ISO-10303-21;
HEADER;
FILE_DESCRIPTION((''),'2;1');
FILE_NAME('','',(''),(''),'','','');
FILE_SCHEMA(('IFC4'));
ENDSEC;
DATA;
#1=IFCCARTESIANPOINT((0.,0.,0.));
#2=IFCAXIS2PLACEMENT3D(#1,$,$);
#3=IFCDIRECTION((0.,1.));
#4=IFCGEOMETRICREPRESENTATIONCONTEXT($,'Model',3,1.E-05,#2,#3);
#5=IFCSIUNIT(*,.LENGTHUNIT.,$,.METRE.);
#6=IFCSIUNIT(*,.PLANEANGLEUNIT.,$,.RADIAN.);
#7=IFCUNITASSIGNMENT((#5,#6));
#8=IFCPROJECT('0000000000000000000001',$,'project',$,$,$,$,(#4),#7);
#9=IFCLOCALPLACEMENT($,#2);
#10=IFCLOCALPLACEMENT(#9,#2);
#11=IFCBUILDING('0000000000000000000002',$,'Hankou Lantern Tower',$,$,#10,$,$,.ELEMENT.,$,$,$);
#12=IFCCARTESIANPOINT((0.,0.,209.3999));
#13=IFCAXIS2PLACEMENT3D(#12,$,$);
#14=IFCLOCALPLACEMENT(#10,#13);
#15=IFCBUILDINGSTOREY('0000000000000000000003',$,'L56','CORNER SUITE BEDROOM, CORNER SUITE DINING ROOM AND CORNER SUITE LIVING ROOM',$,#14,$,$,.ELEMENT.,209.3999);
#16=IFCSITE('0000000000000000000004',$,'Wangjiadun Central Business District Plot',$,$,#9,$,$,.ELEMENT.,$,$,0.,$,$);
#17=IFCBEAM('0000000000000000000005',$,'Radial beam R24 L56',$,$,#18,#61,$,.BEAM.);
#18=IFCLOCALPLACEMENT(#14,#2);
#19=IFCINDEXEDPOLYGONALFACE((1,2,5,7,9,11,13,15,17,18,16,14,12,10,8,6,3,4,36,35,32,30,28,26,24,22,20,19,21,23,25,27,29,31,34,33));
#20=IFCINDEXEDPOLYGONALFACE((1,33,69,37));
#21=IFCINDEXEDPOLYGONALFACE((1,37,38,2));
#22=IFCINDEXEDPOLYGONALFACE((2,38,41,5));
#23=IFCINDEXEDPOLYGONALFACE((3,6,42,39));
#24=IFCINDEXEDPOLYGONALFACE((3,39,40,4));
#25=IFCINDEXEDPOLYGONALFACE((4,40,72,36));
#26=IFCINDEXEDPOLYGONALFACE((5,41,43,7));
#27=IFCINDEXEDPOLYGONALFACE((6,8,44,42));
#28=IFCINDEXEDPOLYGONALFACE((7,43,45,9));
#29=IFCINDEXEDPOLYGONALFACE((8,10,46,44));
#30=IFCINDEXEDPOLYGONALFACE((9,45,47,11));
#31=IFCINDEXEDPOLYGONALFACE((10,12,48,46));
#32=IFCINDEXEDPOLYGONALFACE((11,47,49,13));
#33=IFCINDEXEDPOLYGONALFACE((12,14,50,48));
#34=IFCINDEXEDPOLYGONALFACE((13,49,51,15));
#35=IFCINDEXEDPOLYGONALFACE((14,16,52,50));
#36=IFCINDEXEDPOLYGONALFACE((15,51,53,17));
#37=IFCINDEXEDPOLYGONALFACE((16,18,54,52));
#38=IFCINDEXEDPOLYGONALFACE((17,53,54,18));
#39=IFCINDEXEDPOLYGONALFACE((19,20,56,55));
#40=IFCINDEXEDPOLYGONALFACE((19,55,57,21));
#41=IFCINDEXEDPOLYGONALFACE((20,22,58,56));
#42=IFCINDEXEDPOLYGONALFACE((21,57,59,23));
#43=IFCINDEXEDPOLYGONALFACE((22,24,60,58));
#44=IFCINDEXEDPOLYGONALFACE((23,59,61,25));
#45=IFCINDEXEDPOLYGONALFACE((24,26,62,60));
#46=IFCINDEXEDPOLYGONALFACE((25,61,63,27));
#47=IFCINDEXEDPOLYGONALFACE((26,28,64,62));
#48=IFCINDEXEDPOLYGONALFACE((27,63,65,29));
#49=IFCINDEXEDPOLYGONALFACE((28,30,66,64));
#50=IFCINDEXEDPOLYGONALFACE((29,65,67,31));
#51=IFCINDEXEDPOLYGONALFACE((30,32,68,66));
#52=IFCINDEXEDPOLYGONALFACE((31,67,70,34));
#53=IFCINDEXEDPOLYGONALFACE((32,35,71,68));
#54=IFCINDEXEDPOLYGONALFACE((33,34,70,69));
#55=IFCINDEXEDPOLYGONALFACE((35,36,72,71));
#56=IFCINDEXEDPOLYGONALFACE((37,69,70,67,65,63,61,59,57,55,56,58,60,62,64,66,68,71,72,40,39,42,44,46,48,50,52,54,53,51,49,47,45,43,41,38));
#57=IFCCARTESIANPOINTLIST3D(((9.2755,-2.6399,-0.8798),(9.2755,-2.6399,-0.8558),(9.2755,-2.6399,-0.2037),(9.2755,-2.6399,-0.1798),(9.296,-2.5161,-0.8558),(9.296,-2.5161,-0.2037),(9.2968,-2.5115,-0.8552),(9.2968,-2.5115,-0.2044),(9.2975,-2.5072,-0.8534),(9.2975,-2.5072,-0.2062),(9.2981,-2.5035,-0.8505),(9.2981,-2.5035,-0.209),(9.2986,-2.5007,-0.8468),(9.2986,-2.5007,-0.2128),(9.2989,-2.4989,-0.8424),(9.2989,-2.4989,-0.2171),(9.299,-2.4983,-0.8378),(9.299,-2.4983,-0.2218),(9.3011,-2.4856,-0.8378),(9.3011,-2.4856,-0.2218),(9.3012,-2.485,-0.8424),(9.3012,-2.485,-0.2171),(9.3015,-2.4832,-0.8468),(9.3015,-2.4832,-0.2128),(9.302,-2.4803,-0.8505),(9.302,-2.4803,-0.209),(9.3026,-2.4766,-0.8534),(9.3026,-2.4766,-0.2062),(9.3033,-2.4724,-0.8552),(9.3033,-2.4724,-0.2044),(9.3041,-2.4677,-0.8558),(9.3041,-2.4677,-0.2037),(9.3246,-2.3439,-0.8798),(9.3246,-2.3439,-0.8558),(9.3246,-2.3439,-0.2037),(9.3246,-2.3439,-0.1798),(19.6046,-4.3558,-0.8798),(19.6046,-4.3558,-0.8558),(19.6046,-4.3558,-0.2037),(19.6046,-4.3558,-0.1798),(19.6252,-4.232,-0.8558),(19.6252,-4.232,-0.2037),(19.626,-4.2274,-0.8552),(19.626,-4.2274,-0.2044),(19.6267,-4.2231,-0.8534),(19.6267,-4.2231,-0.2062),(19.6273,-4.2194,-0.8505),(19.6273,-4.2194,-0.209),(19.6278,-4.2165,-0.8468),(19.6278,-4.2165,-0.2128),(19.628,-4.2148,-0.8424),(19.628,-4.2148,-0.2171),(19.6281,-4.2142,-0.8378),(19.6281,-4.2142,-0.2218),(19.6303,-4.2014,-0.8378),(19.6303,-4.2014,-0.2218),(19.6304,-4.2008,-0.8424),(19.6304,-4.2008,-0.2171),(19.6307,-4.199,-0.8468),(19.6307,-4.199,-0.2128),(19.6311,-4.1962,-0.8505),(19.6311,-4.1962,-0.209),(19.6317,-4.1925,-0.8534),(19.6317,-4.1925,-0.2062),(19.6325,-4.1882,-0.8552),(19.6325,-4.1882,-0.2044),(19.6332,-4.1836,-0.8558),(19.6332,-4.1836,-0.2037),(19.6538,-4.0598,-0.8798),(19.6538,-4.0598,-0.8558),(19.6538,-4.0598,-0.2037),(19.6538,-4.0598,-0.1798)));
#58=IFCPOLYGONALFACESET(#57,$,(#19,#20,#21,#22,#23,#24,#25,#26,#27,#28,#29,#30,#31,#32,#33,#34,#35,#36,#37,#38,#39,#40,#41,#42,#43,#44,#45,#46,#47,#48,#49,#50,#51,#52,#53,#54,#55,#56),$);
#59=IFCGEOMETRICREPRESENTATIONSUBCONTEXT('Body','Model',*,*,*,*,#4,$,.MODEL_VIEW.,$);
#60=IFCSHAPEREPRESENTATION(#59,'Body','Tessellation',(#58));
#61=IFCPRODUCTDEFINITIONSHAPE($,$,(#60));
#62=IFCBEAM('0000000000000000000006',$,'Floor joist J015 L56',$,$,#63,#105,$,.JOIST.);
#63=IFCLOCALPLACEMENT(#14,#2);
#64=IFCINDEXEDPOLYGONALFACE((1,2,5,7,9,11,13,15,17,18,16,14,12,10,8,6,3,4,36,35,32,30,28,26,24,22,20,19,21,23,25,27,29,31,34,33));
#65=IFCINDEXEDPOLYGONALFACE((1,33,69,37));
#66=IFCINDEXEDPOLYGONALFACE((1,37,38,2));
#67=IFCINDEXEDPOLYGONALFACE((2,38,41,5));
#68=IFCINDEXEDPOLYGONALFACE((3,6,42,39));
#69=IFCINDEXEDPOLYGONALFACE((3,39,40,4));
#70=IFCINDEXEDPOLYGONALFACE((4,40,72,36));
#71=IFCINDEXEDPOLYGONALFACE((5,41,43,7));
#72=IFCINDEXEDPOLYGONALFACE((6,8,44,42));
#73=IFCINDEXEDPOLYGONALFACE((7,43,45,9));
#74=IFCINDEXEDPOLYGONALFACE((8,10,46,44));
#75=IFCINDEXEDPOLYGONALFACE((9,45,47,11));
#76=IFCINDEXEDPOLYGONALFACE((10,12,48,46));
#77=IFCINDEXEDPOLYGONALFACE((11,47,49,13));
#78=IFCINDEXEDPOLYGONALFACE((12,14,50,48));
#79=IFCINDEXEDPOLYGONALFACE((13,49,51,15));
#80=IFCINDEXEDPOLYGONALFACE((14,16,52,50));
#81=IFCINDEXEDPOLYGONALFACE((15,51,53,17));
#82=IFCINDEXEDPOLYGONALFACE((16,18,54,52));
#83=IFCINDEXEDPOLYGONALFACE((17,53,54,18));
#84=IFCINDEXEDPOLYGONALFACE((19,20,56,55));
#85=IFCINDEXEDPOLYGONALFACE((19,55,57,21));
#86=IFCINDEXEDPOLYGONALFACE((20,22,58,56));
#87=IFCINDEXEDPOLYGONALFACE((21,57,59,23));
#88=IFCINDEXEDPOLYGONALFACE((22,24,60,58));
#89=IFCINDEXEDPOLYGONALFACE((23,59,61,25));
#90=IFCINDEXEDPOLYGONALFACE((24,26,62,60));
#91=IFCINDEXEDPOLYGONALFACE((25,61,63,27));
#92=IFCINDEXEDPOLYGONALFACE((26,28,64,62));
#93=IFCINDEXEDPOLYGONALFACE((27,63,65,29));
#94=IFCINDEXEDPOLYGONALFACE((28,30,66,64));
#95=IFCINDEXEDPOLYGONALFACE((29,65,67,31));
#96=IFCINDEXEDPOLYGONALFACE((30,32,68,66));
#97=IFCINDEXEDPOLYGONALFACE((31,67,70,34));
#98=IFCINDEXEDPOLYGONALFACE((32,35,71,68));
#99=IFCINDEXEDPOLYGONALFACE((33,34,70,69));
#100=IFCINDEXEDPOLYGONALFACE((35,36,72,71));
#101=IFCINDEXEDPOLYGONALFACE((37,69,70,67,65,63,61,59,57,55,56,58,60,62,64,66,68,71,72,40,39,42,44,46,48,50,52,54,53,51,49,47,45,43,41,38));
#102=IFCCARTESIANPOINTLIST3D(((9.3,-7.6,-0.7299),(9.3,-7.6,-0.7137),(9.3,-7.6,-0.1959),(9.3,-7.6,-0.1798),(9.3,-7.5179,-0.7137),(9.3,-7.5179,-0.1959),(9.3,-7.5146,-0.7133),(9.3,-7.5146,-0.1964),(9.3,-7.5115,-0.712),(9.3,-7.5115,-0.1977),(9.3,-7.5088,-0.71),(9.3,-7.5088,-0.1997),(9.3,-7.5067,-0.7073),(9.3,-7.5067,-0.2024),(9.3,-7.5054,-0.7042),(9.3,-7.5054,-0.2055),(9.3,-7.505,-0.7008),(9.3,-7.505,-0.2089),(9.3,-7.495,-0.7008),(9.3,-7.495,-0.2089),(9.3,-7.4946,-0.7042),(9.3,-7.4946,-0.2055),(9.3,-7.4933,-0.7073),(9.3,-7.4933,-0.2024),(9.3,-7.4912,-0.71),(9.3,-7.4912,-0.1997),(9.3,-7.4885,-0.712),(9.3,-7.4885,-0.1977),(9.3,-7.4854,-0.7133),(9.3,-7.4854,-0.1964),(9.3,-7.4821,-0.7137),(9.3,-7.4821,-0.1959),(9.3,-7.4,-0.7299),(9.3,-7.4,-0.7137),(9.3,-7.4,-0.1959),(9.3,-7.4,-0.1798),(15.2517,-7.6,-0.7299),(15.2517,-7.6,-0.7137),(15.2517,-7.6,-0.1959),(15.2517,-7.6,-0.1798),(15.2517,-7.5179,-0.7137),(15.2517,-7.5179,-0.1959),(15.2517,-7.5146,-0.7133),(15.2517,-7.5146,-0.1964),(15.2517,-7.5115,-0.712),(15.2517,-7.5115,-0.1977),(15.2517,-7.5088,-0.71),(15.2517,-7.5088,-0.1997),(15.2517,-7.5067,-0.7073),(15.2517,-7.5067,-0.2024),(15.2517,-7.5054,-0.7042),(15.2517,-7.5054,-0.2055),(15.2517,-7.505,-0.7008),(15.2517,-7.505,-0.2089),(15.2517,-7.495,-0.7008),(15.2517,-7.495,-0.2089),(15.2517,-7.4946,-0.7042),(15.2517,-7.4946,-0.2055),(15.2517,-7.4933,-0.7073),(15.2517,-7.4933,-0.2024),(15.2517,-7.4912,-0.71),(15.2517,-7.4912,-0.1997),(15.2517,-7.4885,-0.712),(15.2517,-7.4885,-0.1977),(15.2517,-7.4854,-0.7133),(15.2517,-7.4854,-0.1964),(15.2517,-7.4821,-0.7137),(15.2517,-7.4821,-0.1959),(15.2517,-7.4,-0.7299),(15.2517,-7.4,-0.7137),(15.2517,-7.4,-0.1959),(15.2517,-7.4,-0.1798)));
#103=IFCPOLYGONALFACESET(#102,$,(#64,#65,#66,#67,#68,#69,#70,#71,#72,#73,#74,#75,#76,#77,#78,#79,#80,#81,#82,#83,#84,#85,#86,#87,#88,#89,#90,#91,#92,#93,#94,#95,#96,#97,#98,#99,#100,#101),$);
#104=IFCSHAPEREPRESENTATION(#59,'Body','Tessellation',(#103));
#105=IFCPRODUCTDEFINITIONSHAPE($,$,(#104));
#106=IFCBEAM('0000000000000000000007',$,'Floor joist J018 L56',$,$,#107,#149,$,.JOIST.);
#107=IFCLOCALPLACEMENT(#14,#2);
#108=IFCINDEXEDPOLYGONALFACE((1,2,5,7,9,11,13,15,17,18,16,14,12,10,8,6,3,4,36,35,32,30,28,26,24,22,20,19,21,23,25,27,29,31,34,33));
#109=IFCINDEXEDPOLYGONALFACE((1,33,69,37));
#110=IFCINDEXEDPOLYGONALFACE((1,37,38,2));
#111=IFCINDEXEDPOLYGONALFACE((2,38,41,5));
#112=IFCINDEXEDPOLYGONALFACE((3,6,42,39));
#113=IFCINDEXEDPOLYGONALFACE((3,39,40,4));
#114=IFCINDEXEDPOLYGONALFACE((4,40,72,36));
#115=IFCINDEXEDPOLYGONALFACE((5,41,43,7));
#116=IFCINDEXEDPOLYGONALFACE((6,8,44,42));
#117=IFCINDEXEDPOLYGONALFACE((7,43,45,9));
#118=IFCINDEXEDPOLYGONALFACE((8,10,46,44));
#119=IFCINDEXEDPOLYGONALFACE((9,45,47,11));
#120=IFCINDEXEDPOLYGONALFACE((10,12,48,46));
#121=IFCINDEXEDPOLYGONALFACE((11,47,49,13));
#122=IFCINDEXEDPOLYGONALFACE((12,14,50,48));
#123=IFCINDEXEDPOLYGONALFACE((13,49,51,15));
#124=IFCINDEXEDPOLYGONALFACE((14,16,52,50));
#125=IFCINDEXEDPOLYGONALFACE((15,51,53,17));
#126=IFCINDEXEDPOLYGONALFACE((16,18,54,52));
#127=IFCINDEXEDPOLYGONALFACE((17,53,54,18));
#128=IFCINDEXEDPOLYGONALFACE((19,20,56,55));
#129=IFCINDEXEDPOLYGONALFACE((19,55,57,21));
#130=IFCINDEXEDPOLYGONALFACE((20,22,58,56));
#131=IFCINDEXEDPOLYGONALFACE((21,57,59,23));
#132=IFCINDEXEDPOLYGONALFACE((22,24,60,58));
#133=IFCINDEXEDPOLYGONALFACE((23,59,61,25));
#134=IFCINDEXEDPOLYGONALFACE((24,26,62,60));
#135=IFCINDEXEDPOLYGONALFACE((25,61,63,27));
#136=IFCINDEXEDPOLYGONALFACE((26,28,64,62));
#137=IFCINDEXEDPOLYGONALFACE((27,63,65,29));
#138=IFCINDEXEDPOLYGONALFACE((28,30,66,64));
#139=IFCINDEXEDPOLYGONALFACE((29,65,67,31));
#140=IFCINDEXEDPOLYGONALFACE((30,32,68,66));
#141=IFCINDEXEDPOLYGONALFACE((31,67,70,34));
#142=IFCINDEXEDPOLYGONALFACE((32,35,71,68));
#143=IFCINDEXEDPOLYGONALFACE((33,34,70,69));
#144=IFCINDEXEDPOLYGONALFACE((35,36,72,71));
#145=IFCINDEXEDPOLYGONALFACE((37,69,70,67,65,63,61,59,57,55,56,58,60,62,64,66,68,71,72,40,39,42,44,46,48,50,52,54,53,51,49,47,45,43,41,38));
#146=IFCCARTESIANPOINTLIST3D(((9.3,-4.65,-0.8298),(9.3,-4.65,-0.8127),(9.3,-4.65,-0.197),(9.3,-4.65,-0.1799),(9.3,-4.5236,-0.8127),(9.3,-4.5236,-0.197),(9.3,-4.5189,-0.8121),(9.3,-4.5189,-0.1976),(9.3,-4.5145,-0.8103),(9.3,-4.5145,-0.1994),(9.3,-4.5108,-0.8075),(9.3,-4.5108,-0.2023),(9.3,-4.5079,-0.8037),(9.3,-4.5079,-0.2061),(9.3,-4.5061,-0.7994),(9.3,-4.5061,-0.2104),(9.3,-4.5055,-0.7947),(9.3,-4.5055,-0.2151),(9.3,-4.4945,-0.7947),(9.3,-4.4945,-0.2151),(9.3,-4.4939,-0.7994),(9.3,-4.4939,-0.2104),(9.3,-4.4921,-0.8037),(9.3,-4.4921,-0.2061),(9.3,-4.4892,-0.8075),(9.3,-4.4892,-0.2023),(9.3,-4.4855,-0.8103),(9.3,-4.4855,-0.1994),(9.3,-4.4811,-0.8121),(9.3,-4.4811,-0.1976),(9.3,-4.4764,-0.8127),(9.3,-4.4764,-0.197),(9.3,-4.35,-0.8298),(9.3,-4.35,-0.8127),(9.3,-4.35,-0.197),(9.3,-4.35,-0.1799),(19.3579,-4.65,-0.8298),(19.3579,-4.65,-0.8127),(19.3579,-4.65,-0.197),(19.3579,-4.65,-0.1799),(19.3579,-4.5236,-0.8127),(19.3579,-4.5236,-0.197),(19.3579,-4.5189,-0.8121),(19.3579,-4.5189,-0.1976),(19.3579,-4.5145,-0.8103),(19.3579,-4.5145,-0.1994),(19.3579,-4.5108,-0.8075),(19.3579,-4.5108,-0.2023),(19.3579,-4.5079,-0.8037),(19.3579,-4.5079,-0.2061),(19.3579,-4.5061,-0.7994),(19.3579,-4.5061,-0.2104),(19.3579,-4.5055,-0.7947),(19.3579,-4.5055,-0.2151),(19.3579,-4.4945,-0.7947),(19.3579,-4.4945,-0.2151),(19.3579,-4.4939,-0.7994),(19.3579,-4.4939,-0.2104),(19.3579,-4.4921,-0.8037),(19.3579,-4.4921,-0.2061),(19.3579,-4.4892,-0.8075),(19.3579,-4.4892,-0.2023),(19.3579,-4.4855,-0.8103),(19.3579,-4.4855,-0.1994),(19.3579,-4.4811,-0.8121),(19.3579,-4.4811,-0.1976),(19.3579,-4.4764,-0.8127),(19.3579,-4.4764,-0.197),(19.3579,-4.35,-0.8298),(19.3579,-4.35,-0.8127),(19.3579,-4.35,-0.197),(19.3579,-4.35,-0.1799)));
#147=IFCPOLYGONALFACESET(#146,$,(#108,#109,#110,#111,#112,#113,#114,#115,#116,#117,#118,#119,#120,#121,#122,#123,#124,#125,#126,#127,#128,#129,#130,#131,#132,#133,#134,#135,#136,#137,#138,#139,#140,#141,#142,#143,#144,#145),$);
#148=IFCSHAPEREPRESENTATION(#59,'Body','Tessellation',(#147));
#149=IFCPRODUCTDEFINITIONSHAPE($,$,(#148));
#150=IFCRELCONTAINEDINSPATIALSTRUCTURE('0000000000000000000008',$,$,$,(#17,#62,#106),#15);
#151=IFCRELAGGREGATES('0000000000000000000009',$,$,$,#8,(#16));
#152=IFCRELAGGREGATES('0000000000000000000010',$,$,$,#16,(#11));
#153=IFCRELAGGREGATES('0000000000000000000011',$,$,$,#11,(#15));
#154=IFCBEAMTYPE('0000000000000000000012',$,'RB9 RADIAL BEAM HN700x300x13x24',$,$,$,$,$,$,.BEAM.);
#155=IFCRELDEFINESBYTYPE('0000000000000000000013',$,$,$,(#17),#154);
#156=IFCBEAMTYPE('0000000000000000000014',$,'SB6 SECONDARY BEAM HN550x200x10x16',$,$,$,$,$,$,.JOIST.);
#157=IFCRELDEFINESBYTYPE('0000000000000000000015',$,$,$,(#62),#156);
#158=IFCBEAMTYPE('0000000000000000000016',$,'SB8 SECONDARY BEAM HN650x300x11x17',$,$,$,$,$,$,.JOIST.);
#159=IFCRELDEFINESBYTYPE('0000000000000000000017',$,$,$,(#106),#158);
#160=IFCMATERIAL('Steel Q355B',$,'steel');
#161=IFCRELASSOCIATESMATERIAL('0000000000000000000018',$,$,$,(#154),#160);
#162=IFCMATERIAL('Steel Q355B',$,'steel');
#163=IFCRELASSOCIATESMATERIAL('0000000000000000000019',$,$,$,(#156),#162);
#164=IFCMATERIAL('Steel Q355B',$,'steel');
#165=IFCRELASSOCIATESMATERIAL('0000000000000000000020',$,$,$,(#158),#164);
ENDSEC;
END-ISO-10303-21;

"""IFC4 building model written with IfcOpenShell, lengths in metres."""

from ifc_helpers import new_model, si_unit, direction, frame, origin, origin_2d, place, context, subcontext, project, spatial, i_section, extrude, material, material_profile, profile_set, type_object, element, save


model = new_model("IFC4")

# Units and contexts
model_context = context("Model", 3, precision=1e-05, world=origin(), true_north=direction((0.0, 1.0)))
body_context = subcontext(model_context, "Body", "Model", "MODEL_VIEW")
ifc_project = project(units=[si_unit("LENGTHUNIT", "METRE"), si_unit("PLANEANGLEUNIT", "RADIAN")], contexts=[model_context])

# Site, building, storey
site_placement = place(None, origin())
site = spatial("IfcSite", under=ifc_project, at=site_placement, Name="Wangjiadun Central Business District Plot", CompositionType="ELEMENT", RefElevation=0.0)
building_placement = place(site_placement, origin())
building = spatial("IfcBuilding", under=site, at=building_placement, Name="Hankou Lantern Tower", CompositionType="ELEMENT")
storey_placement = place(building_placement, frame((0.0, 0.0, 209.3999)))
storey = spatial("IfcBuildingStorey", under=building, at=storey_placement, Name="L56", Description="CORNER SUITE BEDROOM, CORNER SUITE DINING ROOM AND CORNER SUITE LIVING ROOM", CompositionType="ELEMENT", Elevation=209.3999)

# Beams
ifc_material_1 = material(Name="Steel Q355B", Category="steel")
ifc_material_profile_1 = material_profile(ifc_material_1, i_section(OverallWidth=0.3, OverallDepth=0.7, WebThickness=0.0129, FlangeThickness=0.0239, FilletRadius=0.0181, at=origin_2d()), Name="HN700x300x13x24")
ifc_profile_set_1 = profile_set([ifc_material_profile_1], Name="Steel Q355B")
beam_type_1 = type_object("IfcBeamType", Name="RB9 RADIAL BEAM HN700x300x13x24", PredefinedType="BEAM", material=ifc_profile_set_1)
beam_1_placement = place(storey_placement, frame((9.3, -2.4919, -0.5298), z_axis=(0.986482, -0.16387, 0.0), x_axis=(0.16387, 0.986482, 0.0)))
element("IfcBeam", 1, at=beam_1_placement, inside=storey, type_object=beam_type_1, Name="Radial beam R24 L56", PredefinedType="BEAM", context=body_context, shape_type="SweptSolid", body=[
    extrude(i_section(OverallWidth=0.3, OverallDepth=0.7, WebThickness=0.0129, FlangeThickness=0.0239, FilletRadius=0.0181, at=origin_2d()), origin(), (0.0, 0.0, 1.0), 10.4707),
])
ifc_material_2 = material(Name="Steel Q355B", Category="steel")
ifc_material_profile_2 = material_profile(ifc_material_2, i_section(OverallWidth=0.2, OverallDepth=0.55, WebThickness=0.01, FlangeThickness=0.0161, FilletRadius=0.0129, at=origin_2d()), Name="HN550x200x10x16")
ifc_profile_set_2 = profile_set([ifc_material_profile_2], Name="Steel Q355B")
beam_type_2 = type_object("IfcBeamType", Name="SB6 SECONDARY BEAM HN550x200x10x16", PredefinedType="JOIST", material=ifc_profile_set_2)
beam_2_placement = place(storey_placement, frame((9.3, -7.5, -0.4548), z_axis=(1.0, 0.0, 0.0), x_axis=(0.0, 1.0, 0.0)))
element("IfcBeam", 2, at=beam_2_placement, inside=storey, type_object=beam_type_2, Name="Floor joist J015 L56", PredefinedType="JOIST", context=body_context, shape_type="SweptSolid", body=[
    extrude(i_section(OverallWidth=0.2, OverallDepth=0.55, WebThickness=0.01, FlangeThickness=0.0161, FilletRadius=0.0129, at=origin_2d()), origin(), (0.0, 0.0, 1.0), 5.9517),
])
ifc_material_3 = material(Name="Steel Q355B", Category="steel")
ifc_material_profile_3 = material_profile(ifc_material_3, i_section(OverallWidth=0.3, OverallDepth=0.6499, WebThickness=0.011, FlangeThickness=0.0171, FilletRadius=0.0181, at=origin_2d()), Name="HN650x300x11x17")
ifc_profile_set_3 = profile_set([ifc_material_profile_3], Name="Steel Q355B")
beam_type_3 = type_object("IfcBeamType", Name="SB8 SECONDARY BEAM HN650x300x11x17", PredefinedType="JOIST", material=ifc_profile_set_3)
beam_3_placement = place(storey_placement, frame((9.3, -4.5, -0.5049), z_axis=(1.0, 0.0, 0.0), x_axis=(0.0, 1.0, 0.0)))
element("IfcBeam", 3, at=beam_3_placement, inside=storey, type_object=beam_type_3, Name="Floor joist J018 L56", PredefinedType="JOIST", context=body_context, shape_type="SweptSolid", body=[
    extrude(i_section(OverallWidth=0.3, OverallDepth=0.6499, WebThickness=0.011, FlangeThickness=0.0171, FilletRadius=0.0181, at=origin_2d()), origin(), (0.0, 0.0, 1.0), 10.0579),
])

save(model, "model.ifc")
